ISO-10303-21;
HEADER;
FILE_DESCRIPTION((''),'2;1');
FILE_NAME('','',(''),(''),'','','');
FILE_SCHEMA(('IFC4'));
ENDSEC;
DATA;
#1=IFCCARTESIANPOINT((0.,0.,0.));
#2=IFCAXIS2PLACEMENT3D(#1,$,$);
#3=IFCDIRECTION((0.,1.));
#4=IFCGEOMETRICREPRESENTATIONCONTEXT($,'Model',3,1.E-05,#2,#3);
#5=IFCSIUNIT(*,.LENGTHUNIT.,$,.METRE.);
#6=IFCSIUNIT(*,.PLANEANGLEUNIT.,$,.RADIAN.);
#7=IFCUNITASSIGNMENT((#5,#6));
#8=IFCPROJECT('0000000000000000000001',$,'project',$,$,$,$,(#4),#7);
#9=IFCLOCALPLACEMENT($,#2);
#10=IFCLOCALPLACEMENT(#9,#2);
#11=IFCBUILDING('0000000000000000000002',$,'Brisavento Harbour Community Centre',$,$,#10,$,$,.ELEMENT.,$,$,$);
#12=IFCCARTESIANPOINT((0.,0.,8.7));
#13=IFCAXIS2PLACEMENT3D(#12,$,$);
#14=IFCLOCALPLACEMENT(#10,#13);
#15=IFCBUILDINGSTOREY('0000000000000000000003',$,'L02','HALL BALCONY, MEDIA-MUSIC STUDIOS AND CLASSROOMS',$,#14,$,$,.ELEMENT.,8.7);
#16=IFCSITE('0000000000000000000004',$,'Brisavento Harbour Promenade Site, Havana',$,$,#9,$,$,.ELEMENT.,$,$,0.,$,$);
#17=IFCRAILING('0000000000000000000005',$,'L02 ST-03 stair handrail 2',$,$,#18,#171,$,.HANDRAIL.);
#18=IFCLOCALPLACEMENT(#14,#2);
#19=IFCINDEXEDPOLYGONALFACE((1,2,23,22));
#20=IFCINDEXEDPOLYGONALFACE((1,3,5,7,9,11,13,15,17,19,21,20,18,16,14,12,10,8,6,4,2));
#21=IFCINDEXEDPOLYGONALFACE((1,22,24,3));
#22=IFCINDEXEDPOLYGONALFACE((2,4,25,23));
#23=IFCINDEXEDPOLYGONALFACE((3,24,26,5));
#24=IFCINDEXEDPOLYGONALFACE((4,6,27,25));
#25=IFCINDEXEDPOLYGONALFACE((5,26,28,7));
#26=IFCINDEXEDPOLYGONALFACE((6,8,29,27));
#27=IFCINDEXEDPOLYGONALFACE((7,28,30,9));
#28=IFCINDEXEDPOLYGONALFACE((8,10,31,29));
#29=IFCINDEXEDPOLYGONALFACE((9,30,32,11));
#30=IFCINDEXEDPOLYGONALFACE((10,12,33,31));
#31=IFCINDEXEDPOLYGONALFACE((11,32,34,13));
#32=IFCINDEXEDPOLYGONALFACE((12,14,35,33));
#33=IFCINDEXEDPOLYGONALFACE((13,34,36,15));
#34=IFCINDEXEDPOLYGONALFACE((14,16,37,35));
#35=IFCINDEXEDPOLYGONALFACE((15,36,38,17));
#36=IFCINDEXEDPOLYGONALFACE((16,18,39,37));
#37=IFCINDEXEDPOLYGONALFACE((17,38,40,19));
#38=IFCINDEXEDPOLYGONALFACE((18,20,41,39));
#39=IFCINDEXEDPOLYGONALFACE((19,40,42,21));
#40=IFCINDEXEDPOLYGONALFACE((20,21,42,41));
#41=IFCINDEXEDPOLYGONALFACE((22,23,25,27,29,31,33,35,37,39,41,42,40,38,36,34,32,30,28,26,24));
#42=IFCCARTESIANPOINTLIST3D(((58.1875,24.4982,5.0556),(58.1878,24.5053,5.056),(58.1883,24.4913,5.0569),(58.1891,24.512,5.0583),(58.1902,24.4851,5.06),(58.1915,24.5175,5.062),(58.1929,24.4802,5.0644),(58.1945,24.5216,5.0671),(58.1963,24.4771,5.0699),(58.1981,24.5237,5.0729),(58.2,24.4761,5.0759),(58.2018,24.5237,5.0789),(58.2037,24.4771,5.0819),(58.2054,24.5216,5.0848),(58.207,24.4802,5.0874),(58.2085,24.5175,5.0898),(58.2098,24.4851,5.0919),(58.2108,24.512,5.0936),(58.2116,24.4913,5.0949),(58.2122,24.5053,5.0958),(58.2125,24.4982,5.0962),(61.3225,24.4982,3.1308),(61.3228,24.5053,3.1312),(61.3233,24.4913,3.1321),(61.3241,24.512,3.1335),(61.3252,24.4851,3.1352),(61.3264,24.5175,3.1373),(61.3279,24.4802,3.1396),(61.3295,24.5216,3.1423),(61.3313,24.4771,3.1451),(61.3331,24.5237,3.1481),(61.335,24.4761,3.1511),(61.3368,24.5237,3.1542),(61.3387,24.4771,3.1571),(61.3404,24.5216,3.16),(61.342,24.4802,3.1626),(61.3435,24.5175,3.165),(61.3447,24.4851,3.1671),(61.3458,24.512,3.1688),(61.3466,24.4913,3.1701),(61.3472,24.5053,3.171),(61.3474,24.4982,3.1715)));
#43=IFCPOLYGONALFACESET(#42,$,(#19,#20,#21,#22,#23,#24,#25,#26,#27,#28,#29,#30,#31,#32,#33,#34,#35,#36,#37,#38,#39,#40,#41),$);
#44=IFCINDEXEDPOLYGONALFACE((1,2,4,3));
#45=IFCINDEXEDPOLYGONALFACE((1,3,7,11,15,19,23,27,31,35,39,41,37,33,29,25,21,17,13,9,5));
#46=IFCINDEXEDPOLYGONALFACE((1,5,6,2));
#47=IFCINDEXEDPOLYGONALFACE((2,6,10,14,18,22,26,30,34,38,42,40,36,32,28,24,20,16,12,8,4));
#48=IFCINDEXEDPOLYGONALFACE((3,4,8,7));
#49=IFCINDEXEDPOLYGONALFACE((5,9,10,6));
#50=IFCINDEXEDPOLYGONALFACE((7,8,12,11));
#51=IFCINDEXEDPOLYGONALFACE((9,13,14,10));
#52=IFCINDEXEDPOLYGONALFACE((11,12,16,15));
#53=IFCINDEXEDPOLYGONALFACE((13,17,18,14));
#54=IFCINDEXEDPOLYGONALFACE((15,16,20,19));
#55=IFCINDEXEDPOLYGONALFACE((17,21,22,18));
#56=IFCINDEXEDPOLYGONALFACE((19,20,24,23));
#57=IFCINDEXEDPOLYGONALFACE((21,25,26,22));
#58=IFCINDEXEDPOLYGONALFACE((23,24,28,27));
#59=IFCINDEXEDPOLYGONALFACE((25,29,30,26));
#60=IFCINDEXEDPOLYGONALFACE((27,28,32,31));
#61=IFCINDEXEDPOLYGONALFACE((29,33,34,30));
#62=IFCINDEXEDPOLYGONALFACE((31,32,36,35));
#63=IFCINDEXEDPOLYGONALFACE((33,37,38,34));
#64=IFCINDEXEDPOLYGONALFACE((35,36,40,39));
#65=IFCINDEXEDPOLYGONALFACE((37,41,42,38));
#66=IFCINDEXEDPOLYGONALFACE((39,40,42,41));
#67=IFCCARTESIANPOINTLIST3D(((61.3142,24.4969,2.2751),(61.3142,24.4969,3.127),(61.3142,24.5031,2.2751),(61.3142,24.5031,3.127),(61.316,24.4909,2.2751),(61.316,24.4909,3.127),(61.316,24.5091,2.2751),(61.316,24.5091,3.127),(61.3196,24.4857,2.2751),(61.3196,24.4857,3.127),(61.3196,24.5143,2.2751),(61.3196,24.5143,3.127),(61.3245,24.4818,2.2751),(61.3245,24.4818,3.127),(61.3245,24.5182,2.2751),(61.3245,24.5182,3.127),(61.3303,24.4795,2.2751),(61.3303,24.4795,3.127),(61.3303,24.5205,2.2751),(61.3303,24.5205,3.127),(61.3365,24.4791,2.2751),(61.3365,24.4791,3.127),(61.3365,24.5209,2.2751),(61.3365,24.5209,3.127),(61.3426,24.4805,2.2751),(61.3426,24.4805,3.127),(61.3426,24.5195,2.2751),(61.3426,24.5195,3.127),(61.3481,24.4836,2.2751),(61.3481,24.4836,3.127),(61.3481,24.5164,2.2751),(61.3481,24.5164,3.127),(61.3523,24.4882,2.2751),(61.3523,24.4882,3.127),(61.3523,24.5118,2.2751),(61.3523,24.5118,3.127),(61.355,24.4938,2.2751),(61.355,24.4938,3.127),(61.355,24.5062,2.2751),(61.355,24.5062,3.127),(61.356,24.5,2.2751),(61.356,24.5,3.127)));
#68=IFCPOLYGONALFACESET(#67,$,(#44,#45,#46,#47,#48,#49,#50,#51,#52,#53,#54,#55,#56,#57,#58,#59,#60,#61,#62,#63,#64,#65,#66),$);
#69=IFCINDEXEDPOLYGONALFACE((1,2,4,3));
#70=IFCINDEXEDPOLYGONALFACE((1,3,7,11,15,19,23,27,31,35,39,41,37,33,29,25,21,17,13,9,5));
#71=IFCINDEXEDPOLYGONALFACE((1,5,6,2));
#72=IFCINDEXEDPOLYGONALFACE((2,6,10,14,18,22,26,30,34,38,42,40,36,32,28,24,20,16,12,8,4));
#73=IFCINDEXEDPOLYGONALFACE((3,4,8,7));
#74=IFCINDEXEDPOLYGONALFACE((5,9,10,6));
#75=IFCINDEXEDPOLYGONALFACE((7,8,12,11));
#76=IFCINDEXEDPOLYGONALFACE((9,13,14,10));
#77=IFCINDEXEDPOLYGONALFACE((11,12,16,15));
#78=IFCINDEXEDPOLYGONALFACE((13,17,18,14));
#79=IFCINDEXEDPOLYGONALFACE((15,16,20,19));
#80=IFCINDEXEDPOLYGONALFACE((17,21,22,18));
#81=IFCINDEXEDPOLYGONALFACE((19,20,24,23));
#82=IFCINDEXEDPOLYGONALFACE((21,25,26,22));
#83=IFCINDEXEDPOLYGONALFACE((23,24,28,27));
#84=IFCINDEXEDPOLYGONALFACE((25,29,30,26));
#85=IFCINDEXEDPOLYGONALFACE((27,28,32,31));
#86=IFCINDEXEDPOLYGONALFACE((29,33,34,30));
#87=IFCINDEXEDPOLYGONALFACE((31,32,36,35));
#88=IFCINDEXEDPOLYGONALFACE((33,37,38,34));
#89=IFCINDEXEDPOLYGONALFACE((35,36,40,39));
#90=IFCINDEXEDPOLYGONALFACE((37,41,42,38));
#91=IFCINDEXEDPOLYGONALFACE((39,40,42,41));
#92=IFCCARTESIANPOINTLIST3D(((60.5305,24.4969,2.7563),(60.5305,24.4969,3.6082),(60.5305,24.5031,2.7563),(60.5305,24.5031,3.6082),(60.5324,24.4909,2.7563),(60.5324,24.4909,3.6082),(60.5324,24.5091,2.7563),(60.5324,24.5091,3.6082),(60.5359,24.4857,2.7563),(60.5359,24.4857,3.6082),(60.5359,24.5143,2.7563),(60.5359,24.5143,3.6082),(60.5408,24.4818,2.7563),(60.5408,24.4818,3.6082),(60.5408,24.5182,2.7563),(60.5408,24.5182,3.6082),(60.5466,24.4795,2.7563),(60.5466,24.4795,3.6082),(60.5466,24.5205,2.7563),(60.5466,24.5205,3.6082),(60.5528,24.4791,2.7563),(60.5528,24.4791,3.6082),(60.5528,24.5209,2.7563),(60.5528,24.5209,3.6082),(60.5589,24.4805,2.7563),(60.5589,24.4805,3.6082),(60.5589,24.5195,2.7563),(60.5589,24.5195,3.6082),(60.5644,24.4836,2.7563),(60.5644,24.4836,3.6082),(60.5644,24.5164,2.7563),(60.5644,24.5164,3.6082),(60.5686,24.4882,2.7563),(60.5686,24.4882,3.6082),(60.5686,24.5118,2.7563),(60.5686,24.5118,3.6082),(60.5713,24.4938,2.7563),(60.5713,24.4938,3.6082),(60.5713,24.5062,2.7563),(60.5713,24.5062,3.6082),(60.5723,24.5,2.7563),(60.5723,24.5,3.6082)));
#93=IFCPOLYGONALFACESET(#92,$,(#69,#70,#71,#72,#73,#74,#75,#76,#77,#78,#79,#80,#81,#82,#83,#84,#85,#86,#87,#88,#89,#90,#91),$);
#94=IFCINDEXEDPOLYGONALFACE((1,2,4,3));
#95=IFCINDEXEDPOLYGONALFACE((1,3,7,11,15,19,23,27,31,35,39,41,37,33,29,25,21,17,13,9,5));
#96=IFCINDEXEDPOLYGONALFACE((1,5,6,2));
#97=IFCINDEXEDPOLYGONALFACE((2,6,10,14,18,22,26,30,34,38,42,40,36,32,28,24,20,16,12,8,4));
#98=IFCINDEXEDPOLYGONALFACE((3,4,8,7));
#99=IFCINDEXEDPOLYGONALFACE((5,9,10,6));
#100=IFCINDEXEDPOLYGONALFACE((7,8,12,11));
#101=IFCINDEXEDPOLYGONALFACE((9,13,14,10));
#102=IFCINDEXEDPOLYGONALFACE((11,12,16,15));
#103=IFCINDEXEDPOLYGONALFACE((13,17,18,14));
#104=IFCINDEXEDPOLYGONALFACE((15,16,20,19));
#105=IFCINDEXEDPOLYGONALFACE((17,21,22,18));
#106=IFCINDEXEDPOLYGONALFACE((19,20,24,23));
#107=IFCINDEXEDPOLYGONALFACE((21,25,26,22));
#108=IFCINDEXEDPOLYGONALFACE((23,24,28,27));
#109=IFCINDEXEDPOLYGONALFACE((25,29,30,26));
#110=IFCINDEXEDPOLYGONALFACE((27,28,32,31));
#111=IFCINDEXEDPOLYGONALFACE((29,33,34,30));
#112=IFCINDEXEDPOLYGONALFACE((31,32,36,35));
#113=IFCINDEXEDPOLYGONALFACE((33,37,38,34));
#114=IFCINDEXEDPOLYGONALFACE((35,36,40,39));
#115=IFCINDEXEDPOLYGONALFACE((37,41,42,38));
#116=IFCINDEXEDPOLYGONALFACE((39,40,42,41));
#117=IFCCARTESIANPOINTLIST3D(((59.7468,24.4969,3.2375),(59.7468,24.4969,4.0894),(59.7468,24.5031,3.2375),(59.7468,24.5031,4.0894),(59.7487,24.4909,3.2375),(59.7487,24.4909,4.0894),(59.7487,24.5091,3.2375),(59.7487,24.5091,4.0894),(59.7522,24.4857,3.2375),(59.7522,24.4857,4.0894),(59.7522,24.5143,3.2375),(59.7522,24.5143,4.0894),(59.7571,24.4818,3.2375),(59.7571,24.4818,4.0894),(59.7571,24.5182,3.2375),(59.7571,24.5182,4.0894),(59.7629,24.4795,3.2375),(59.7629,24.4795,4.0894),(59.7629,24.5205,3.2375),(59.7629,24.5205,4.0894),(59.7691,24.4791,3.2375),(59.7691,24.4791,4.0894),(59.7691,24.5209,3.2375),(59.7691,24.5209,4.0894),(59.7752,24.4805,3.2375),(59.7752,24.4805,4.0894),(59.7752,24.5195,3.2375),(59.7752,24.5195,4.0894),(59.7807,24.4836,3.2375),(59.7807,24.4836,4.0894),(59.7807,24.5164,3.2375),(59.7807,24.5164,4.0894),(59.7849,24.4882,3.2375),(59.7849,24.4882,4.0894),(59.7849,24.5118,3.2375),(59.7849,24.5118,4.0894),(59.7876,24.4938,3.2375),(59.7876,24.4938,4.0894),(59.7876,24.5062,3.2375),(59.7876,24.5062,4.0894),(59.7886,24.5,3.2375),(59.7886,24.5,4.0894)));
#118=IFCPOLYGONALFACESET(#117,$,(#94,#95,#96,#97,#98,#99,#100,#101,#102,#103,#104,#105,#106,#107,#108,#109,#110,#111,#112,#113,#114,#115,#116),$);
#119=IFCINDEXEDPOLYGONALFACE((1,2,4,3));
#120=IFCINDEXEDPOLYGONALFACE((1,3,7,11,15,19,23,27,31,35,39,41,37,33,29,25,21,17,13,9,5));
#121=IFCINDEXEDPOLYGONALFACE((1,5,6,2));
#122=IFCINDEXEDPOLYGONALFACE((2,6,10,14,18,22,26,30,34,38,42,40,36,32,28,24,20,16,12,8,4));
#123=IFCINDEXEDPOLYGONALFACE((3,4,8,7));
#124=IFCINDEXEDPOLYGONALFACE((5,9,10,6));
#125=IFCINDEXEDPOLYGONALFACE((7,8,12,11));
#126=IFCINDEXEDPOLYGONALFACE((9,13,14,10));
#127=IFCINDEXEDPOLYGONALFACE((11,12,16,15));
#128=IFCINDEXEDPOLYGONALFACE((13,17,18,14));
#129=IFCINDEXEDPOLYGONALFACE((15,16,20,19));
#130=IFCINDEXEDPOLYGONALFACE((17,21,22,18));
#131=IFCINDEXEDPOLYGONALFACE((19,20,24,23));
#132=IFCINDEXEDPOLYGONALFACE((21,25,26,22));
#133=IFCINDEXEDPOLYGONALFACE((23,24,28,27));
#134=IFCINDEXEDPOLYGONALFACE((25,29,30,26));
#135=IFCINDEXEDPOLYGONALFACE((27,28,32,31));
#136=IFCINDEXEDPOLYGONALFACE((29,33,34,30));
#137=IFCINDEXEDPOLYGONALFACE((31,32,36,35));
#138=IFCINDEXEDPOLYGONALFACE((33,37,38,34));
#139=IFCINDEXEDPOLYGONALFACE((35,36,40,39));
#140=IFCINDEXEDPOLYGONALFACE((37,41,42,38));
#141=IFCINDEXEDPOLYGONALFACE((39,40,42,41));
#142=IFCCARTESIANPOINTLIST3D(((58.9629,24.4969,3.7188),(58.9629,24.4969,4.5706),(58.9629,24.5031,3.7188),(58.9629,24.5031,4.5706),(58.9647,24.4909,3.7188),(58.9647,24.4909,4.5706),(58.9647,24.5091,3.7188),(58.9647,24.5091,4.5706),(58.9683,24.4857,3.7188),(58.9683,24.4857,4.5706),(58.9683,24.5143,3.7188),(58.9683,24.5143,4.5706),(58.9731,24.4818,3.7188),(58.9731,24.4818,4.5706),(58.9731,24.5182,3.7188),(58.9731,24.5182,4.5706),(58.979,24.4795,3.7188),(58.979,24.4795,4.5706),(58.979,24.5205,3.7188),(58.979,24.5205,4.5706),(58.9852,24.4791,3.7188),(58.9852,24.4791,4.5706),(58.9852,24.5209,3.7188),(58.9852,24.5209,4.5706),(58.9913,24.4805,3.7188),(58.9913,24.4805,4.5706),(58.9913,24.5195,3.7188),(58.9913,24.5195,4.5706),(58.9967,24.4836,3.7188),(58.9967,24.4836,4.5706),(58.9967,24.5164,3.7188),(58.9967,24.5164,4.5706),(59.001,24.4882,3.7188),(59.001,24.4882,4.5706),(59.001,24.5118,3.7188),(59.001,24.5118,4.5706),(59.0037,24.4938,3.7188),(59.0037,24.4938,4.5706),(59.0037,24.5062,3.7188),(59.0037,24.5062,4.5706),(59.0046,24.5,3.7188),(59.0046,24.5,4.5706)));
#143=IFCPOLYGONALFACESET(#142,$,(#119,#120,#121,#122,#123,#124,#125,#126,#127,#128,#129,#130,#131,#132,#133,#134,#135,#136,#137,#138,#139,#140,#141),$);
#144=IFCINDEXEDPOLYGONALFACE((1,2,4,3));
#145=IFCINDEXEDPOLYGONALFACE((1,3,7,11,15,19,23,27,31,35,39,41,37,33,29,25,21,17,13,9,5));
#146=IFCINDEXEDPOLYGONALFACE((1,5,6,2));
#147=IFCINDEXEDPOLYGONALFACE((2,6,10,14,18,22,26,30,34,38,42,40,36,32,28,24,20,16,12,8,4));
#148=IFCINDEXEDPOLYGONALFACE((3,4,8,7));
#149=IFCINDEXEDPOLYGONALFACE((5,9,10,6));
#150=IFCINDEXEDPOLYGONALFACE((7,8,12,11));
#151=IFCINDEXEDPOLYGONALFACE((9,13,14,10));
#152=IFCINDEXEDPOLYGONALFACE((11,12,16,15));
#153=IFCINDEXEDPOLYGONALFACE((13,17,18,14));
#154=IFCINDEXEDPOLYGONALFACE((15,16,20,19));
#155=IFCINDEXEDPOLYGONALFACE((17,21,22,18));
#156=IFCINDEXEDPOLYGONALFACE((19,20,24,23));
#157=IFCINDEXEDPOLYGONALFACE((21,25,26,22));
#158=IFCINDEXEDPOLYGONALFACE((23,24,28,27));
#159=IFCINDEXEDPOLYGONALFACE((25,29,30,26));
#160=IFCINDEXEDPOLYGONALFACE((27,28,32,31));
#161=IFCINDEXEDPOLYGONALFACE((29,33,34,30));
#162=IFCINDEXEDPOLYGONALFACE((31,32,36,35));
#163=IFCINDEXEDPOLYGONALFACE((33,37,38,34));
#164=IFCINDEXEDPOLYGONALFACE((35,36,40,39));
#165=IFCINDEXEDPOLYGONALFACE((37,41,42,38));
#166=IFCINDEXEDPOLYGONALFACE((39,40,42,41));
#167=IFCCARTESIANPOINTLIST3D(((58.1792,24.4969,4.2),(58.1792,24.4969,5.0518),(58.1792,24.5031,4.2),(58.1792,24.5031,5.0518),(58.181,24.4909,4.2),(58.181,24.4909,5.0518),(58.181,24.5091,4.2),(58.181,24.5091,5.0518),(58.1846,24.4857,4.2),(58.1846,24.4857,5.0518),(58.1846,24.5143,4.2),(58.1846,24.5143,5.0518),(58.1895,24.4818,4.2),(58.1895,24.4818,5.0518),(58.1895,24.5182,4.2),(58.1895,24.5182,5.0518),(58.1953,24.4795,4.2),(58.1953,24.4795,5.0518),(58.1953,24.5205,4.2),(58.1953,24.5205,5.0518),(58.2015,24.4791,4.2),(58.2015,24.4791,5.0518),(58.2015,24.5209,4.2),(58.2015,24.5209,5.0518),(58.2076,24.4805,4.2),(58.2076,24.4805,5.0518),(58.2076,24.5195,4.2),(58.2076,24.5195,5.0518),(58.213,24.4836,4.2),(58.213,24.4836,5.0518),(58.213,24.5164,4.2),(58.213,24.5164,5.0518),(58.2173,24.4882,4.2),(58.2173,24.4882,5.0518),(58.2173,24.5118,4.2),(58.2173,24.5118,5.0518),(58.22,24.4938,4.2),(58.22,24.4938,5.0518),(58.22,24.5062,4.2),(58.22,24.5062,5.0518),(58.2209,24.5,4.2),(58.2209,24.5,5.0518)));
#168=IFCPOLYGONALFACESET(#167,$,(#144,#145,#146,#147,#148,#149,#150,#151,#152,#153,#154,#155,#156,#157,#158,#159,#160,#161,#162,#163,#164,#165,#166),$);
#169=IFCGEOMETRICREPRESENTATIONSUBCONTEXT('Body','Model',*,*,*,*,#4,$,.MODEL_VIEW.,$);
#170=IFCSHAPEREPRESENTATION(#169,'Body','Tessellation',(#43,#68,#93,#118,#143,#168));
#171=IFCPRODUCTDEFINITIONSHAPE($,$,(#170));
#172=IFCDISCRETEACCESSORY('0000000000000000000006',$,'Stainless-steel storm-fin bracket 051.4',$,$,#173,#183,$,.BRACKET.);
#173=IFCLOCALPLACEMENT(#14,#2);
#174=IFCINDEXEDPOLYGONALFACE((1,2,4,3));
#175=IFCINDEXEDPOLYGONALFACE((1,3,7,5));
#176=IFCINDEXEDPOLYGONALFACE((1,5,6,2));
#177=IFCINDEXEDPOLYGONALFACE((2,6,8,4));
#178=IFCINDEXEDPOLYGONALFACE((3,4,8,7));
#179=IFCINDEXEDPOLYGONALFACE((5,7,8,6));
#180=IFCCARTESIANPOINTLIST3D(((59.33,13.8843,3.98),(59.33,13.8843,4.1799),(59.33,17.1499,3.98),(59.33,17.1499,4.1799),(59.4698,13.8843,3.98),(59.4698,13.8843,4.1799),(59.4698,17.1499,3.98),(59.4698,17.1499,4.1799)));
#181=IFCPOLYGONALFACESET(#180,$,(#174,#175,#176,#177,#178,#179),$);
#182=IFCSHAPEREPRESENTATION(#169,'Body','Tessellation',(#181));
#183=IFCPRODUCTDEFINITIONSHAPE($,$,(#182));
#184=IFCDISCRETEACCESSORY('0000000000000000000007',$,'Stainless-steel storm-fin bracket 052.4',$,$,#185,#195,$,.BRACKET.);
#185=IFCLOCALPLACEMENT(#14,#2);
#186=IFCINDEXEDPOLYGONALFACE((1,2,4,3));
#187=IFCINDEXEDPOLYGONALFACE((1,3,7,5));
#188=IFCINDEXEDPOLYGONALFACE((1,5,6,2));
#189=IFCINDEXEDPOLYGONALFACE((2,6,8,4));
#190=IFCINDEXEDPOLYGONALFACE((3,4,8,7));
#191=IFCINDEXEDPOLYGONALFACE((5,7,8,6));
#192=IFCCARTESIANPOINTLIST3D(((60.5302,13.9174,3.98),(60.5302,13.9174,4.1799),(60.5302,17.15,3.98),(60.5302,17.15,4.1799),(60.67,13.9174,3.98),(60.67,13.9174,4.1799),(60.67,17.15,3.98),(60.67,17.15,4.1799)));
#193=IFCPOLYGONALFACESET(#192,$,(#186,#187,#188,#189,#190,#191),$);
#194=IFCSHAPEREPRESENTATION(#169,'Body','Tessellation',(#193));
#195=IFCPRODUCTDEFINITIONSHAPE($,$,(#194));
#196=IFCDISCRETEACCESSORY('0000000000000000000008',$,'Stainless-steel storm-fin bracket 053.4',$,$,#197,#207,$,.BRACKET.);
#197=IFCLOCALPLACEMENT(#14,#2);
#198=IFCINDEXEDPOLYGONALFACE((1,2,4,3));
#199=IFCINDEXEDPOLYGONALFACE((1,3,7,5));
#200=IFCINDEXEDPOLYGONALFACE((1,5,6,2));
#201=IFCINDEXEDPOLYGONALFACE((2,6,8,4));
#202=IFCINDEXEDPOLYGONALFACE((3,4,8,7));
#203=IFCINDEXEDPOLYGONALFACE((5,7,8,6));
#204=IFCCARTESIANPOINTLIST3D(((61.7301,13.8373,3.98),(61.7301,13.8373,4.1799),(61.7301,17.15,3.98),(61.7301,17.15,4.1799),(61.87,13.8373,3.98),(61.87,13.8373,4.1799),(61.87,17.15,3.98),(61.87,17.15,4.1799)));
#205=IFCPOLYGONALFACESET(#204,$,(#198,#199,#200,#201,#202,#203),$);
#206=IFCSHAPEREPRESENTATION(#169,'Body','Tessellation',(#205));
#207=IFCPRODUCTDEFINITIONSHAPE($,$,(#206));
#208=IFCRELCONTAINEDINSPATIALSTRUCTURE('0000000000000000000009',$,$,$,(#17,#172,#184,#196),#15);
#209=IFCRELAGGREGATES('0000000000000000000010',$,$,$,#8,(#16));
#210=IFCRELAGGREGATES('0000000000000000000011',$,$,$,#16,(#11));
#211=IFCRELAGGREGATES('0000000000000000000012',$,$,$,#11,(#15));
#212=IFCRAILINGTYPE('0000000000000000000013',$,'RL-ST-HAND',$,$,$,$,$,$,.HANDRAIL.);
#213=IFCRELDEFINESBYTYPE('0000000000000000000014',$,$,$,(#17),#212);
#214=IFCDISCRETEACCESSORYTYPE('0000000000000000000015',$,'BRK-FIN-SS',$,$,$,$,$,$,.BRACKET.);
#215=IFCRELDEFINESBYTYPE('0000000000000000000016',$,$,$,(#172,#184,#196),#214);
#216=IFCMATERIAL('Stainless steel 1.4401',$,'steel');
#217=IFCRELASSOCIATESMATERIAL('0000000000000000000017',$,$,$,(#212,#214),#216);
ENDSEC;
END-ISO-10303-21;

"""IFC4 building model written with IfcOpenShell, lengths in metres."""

from ifc_helpers import new_model, si_unit, direction, frame, origin, origin_2d, place, context, subcontext, project, spatial, rectangle, circle, extrude, material, type_object, element, save


model = new_model("IFC4")

# Units and contexts
model_context = context("Model", 3, precision=1e-05, world=origin(), true_north=direction((0.0, 1.0)))
body_context = subcontext(model_context, "Body", "Model", "MODEL_VIEW")
ifc_project = project(units=[si_unit("LENGTHUNIT", "METRE"), si_unit("PLANEANGLEUNIT", "RADIAN")], contexts=[model_context])

# Site, building, storey
site_placement = place(None, origin())
site = spatial("IfcSite", under=ifc_project, at=site_placement, Name="Brisavento Harbour Promenade Site, Havana", CompositionType="ELEMENT", RefElevation=0.0)
building_placement = place(site_placement, origin())
building = spatial("IfcBuilding", under=site, at=building_placement, Name="Brisavento Harbour Community Centre", CompositionType="ELEMENT")
storey_placement = place(building_placement, frame((0.0, 0.0, 8.7)))
storey = spatial("IfcBuildingStorey", under=building, at=storey_placement, Name="L02", Description="HALL BALCONY, MEDIA-MUSIC STUDIOS AND CLASSROOMS", CompositionType="ELEMENT", Elevation=8.7)

# Shared definitions
ifc_material_1 = material(Name="Stainless steel 1.4401", Category="steel")

# Railing
railing_type_1 = type_object("IfcRailingType", Name="RL-ST-HAND", PredefinedType="HANDRAIL", material=ifc_material_1)
railing_1_placement = place(storey_placement, frame((61.335, 24.5, 2.2751)))
element("IfcRailing", 1, at=railing_1_placement, inside=storey, type_object=railing_type_1, Name="L02 ST-03 stair handrail 2", PredefinedType="HANDRAIL", context=body_context, shape_type="SweptSolid", body=[
    extrude(circle(Radius=0.0239, at=origin_2d()), frame((0.0, 0.0, 0.876), z_axis=(-0.852196, 0.0, 0.523223), x_axis=(0.0, -1.0, 0.0)), (0.0, 0.0, 1.0), 3.6787),
    extrude(circle(Radius=0.021, at=origin_2d()), origin(), (0.0, 0.0, 1.0), 0.8518),
    extrude(circle(Radius=0.021, at=origin_2d()), frame((-0.7837, 0.0, 0.4812)), (0.0, 0.0, 1.0), 0.8518),
    extrude(circle(Radius=0.021, at=origin_2d()), frame((-1.5674, 0.0, 0.9624)), (0.0, 0.0, 1.0), 0.8518),
    extrude(circle(Radius=0.021, at=origin_2d()), frame((-2.3513, 0.0, 1.4436)), (0.0, 0.0, 1.0), 0.8518),
    extrude(circle(Radius=0.021, at=origin_2d()), frame((-3.135, 0.0, 1.9248)), (0.0, 0.0, 1.0), 0.8518),
])

# Discrete accessories
discrete_accessory_type = type_object("IfcDiscreteAccessoryType", Name="BRK-FIN-SS", PredefinedType="BRACKET", material=ifc_material_1)
discrete_accessory_1_placement = place(storey_placement, frame((59.3999, 15.5171, 3.98), z_axis=(0.0, 0.0, 1.0), x_axis=(0.0, -1.0, 0.0)))
element("IfcDiscreteAccessory", 2, at=discrete_accessory_1_placement, inside=storey, type_object=discrete_accessory_type, Name="Stainless-steel storm-fin bracket 051.4", PredefinedType="BRACKET", context=body_context, shape_type="SweptSolid", body=[
    extrude(rectangle(XDim=3.2656, YDim=0.1399, at=origin_2d()), origin(), (0.0, 0.0, 1.0), 0.2),
])
discrete_accessory_2_placement = place(storey_placement, frame((60.6001, 15.5337, 3.98), z_axis=(0.0, 0.0, 1.0), x_axis=(0.0, -1.0, 0.0)))
element("IfcDiscreteAccessory", 3, at=discrete_accessory_2_placement, inside=storey, type_object=discrete_accessory_type, Name="Stainless-steel storm-fin bracket 052.4", PredefinedType="BRACKET", context=body_context, shape_type="SweptSolid", body=[
    extrude(rectangle(XDim=3.2327, YDim=0.1399, at=origin_2d()), origin(), (0.0, 0.0, 1.0), 0.2),
])
discrete_accessory_3_placement = place(storey_placement, frame((61.8, 15.4937, 3.98), z_axis=(0.0, 0.0, 1.0), x_axis=(0.0, -1.0, 0.0)))
element("IfcDiscreteAccessory", 4, at=discrete_accessory_3_placement, inside=storey, type_object=discrete_accessory_type, Name="Stainless-steel storm-fin bracket 053.4", PredefinedType="BRACKET", context=body_context, shape_type="SweptSolid", body=[
    extrude(rectangle(XDim=3.3127, YDim=0.1399, at=origin_2d()), origin(), (0.0, 0.0, 1.0), 0.2),
])

save(model, "model.ifc")
